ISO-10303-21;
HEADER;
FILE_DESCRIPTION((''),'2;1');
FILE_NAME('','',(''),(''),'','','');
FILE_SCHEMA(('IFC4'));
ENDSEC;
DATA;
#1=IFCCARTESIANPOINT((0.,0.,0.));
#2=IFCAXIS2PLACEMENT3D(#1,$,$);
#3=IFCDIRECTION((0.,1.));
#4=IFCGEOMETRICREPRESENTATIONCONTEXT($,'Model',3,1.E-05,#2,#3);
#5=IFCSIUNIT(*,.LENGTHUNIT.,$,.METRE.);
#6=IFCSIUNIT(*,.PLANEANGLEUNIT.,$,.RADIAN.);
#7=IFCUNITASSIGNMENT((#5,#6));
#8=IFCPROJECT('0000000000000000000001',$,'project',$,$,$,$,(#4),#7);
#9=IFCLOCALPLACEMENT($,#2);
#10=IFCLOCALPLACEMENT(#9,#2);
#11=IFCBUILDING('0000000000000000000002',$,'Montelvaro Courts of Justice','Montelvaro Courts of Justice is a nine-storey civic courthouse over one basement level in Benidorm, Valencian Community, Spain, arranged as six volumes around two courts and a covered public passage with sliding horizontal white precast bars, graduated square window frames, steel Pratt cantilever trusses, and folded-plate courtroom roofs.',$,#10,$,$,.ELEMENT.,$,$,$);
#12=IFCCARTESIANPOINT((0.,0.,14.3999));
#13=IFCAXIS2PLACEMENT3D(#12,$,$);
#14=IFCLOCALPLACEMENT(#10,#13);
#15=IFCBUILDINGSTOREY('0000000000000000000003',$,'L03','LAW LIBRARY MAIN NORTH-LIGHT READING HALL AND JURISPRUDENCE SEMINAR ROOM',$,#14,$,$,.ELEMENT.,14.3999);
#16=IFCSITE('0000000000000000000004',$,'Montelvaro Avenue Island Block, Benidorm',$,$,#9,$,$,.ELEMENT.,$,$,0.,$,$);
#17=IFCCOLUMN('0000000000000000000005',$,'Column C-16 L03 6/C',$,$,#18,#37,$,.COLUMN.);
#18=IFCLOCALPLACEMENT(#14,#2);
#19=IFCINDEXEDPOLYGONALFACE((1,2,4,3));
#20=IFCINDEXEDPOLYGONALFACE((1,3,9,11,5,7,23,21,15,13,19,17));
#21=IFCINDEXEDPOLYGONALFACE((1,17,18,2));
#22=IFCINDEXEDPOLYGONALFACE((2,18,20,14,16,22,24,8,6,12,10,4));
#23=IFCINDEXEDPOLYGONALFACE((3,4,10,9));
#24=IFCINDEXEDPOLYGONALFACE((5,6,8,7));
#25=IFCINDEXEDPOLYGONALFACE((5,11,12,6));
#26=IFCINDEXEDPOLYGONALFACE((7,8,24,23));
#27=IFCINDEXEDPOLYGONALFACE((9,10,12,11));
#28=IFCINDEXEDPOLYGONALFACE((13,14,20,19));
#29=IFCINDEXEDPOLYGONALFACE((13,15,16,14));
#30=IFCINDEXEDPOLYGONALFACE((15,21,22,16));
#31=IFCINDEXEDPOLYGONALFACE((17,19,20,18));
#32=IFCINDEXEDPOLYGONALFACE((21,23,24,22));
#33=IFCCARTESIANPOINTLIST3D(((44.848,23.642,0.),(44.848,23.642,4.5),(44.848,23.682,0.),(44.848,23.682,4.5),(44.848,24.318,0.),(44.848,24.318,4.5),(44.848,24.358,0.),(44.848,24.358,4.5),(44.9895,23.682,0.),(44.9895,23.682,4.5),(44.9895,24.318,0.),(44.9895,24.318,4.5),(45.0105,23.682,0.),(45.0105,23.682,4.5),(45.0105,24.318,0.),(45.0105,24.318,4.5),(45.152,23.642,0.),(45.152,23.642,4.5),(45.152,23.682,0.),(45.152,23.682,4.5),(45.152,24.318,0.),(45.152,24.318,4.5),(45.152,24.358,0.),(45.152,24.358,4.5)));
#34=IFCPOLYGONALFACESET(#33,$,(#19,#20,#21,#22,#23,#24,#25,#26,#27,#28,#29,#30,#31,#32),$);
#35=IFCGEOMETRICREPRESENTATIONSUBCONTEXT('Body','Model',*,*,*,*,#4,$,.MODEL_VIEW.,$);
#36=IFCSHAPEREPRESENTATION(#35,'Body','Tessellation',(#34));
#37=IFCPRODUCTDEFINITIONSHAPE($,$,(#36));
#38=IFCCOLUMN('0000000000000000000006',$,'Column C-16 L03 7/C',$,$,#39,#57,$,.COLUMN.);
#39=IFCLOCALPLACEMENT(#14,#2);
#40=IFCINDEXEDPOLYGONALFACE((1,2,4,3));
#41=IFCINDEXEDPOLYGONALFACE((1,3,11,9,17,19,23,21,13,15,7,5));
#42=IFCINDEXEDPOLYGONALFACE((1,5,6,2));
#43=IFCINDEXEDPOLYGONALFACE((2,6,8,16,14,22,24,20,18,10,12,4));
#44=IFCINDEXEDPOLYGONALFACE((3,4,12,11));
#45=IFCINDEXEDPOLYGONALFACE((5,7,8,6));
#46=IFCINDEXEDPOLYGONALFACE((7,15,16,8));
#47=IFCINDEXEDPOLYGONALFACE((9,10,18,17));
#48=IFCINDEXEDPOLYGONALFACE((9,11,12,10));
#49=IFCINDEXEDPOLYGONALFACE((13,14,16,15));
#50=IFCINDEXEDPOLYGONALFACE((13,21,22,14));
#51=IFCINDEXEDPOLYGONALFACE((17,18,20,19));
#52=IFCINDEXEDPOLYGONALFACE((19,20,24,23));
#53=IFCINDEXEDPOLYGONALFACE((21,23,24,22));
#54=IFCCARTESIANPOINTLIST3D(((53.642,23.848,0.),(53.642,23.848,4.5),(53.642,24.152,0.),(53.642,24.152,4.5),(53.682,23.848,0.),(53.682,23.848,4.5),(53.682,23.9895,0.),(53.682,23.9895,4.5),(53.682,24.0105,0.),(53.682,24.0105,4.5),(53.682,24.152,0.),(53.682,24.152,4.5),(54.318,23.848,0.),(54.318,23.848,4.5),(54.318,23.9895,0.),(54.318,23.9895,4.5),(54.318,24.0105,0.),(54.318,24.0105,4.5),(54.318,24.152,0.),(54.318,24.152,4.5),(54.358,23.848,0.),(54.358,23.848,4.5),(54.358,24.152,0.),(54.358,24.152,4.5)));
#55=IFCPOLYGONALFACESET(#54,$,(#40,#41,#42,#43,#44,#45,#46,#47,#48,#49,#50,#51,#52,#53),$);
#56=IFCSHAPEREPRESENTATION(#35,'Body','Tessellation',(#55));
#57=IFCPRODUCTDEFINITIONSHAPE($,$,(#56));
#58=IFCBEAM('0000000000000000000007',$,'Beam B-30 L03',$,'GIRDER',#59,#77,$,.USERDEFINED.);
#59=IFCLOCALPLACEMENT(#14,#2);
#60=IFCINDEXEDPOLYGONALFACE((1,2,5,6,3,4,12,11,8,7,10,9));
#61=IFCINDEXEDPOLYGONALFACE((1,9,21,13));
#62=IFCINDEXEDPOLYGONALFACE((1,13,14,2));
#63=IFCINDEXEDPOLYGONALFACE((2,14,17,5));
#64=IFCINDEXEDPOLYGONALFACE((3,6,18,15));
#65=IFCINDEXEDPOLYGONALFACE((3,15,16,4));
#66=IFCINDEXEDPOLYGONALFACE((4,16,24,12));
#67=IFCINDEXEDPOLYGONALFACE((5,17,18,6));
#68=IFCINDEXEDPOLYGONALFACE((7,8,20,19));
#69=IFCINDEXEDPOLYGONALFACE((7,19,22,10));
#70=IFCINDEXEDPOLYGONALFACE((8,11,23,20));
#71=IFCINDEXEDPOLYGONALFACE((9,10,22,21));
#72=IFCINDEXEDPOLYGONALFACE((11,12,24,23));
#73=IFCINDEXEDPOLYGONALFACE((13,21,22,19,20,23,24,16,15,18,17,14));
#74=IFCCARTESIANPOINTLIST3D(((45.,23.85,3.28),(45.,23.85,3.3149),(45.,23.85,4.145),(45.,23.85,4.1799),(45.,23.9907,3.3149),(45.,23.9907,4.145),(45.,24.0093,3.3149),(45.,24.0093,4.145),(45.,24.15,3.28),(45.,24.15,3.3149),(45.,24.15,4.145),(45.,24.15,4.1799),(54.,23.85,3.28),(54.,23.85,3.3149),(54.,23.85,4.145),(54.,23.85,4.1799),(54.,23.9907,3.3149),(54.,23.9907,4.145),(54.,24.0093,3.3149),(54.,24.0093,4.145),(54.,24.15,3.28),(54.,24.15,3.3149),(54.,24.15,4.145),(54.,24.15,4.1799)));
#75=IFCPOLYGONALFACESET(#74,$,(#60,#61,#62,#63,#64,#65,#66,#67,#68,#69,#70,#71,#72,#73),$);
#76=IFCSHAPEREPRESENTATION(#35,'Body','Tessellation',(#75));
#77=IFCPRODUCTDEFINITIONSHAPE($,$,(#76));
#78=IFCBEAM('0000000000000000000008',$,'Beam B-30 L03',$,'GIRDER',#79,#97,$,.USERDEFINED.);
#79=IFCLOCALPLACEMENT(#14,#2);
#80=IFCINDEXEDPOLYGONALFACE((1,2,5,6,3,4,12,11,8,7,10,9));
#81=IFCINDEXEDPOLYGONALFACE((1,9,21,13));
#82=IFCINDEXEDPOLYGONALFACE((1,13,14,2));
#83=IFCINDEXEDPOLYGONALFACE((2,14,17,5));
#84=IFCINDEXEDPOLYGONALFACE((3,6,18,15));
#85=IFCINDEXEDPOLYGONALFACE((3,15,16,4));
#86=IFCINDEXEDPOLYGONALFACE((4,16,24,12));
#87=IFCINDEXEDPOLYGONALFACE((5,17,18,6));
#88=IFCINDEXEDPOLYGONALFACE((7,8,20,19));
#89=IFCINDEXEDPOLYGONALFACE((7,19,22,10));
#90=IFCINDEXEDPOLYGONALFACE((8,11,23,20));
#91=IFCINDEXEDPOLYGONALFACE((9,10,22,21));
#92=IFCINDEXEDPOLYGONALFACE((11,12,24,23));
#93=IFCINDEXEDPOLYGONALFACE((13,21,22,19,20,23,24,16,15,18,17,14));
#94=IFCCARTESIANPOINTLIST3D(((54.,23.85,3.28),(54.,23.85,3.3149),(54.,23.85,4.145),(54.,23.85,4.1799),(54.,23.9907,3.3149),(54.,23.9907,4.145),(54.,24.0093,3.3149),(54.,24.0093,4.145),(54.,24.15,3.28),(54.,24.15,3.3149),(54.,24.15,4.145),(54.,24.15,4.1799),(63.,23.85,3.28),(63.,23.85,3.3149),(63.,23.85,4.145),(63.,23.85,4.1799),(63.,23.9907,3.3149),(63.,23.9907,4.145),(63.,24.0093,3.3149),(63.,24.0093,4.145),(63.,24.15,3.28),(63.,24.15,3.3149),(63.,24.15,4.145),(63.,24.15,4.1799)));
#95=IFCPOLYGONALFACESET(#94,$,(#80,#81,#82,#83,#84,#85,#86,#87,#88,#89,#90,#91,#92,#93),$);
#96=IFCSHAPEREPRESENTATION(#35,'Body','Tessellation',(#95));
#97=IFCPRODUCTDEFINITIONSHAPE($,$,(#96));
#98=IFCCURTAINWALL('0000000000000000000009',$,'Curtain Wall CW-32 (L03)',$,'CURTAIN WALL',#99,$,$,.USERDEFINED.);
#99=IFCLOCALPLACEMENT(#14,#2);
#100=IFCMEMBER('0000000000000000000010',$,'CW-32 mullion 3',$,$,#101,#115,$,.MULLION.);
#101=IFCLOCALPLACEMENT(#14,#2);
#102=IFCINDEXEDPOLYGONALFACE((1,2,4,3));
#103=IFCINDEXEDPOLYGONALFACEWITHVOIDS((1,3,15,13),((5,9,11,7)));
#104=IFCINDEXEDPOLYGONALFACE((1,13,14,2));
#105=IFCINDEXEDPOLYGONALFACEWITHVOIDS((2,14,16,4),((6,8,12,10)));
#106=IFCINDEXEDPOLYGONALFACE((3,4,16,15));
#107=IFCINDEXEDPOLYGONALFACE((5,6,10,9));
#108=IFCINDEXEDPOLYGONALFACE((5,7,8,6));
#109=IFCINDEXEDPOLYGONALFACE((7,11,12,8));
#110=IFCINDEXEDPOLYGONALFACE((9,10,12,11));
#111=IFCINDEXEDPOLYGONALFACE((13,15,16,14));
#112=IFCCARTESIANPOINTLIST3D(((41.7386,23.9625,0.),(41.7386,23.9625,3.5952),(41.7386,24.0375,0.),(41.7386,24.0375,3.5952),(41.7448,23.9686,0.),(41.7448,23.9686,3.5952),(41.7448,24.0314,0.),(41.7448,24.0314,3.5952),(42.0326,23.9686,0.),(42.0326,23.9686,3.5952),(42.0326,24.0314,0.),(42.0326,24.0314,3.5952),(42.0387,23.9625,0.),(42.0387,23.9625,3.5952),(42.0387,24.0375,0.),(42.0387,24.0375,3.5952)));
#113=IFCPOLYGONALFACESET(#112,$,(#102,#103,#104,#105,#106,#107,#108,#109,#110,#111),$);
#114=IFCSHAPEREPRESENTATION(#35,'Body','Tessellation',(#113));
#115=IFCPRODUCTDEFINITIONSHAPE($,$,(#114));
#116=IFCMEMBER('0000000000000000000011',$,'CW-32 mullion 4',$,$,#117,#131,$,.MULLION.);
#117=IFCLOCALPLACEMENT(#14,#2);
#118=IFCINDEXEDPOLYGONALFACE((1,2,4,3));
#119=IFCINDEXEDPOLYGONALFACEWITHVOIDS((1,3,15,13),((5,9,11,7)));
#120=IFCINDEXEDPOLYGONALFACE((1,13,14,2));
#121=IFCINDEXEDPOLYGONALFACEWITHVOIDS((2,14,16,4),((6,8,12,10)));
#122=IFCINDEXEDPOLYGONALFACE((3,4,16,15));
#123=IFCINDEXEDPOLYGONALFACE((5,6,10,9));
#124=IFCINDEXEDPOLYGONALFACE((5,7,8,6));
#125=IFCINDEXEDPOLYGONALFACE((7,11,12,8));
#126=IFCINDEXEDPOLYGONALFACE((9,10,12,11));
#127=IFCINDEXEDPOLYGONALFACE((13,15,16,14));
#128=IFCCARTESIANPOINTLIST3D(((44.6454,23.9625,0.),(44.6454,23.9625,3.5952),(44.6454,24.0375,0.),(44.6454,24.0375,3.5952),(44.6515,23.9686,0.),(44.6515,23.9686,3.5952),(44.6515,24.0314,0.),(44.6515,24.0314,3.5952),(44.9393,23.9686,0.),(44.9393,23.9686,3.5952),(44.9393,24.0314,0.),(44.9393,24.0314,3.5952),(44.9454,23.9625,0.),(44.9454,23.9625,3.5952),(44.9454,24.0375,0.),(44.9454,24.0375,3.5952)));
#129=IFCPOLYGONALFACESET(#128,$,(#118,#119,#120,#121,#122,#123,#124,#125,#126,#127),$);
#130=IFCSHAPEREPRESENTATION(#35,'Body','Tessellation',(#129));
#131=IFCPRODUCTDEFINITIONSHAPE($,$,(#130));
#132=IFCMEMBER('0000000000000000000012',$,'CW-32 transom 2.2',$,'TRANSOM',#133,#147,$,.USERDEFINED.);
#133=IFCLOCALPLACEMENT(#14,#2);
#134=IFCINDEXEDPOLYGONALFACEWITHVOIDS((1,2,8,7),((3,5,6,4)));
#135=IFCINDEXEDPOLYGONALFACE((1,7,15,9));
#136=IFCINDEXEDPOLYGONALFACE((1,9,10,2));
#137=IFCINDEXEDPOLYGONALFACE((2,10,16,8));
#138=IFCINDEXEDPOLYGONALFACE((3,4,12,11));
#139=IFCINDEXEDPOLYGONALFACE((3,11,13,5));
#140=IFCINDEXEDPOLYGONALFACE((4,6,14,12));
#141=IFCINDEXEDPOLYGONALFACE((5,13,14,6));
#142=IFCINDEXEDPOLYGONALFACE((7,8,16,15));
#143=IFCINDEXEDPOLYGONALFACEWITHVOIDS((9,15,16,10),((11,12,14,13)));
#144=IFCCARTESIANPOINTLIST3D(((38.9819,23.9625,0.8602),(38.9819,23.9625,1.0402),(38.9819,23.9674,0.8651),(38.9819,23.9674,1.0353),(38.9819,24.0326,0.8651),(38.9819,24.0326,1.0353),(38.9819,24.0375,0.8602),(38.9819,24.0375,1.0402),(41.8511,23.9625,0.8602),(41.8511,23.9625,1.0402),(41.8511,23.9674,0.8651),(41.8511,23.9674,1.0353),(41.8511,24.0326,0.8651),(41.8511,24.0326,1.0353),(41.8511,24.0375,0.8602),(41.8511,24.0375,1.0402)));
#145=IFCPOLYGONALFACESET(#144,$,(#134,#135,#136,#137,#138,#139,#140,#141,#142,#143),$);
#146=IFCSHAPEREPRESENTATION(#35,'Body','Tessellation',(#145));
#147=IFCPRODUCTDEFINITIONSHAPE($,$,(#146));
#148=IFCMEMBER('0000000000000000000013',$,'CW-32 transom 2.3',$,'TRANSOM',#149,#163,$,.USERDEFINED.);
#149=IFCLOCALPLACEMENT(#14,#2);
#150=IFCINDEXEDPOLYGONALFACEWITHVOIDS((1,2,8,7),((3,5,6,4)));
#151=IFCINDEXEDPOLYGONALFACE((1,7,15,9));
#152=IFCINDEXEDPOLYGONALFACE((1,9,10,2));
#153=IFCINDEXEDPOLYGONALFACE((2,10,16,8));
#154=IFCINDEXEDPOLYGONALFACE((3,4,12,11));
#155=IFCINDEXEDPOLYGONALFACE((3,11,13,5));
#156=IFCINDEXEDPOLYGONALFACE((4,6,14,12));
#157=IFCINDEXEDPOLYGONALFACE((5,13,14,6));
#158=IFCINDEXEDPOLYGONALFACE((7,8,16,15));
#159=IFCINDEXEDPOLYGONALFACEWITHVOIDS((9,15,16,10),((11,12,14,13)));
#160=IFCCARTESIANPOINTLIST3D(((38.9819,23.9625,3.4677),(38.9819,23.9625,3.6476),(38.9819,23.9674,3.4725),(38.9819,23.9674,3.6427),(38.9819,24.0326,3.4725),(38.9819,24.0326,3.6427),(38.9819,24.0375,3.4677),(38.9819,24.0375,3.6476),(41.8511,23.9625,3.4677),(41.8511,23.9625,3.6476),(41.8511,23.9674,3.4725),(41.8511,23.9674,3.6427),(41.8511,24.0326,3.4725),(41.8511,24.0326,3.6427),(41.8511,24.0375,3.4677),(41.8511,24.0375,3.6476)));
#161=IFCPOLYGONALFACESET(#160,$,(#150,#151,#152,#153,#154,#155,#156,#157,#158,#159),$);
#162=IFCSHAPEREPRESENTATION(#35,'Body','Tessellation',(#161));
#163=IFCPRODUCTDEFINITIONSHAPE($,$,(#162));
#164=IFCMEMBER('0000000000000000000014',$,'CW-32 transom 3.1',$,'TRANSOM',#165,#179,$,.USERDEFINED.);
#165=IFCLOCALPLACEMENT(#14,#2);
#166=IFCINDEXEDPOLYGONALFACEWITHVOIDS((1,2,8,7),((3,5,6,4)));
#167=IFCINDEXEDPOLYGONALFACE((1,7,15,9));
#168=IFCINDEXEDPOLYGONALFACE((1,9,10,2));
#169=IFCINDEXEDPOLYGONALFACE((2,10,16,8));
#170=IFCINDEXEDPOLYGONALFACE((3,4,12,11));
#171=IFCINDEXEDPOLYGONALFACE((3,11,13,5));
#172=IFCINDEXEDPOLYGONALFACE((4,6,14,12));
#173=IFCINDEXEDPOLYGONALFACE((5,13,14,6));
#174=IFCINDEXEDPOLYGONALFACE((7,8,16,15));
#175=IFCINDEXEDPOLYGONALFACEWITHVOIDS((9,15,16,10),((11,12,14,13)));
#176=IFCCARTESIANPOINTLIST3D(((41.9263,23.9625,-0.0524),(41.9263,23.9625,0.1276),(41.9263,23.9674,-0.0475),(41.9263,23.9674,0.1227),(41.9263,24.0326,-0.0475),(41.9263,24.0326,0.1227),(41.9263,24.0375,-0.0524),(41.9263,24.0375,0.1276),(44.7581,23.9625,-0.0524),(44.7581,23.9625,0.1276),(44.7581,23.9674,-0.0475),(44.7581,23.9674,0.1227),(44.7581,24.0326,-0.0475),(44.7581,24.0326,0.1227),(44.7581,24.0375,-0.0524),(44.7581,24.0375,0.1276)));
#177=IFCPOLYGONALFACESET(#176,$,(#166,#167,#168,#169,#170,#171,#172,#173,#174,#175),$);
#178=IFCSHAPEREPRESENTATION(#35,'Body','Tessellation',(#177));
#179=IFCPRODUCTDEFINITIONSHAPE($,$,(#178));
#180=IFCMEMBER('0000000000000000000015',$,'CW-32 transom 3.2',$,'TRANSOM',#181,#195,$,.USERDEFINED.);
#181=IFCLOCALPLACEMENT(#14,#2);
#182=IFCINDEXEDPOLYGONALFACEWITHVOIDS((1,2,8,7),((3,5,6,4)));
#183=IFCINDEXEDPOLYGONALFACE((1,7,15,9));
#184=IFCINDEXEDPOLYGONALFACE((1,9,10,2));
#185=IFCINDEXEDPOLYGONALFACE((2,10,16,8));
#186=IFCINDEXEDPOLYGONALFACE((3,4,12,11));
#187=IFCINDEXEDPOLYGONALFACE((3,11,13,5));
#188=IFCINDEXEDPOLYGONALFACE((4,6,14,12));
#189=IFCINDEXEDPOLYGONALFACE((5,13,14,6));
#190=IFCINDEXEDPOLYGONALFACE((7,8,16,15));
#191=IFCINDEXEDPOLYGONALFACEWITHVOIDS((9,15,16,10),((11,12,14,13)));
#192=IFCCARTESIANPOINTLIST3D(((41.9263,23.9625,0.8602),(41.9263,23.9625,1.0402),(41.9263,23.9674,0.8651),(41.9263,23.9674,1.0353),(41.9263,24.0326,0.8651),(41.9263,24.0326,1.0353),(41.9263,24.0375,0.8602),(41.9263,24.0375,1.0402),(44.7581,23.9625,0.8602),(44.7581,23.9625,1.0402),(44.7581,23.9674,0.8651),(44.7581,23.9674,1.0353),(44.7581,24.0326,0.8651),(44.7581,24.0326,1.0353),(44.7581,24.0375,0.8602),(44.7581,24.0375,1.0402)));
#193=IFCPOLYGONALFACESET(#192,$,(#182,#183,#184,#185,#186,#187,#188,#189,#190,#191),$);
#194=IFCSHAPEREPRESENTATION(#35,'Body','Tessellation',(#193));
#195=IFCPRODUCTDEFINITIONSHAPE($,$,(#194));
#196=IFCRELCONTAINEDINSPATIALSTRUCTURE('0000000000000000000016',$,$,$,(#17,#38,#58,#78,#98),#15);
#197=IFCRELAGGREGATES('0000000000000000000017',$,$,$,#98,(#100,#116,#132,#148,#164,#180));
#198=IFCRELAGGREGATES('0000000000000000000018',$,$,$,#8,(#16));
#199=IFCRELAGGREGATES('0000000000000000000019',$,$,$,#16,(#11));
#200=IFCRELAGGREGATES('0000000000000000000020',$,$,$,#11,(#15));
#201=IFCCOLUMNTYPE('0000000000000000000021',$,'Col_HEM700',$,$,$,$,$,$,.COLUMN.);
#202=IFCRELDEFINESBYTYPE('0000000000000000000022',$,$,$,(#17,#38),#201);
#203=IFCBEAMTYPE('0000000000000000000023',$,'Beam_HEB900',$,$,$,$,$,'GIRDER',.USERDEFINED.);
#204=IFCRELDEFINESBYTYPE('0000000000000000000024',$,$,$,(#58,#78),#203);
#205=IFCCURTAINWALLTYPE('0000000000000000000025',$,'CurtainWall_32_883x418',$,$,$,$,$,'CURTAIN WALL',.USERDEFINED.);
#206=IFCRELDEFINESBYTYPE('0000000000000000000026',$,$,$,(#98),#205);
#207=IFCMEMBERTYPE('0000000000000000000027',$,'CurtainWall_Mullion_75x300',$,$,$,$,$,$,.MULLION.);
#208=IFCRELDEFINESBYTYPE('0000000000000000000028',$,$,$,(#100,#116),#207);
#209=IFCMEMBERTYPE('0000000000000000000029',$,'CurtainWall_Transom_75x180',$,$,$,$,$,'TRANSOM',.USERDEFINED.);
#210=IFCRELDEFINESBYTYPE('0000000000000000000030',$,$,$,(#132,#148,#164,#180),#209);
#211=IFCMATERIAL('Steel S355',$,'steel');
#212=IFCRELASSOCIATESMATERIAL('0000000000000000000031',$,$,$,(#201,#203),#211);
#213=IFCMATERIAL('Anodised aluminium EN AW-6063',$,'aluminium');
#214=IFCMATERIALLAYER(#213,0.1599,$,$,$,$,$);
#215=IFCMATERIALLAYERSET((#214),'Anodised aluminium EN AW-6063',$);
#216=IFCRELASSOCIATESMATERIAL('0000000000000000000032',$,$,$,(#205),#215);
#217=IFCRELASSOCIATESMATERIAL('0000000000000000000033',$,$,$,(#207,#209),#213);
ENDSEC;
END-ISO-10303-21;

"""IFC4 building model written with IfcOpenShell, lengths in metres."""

from ifc_helpers import new_model, si_unit, direction, frame, origin, origin_2d, place, context, subcontext, project, spatial, hollow_rectangle, i_section, extrude, material, layer, layer_set, material_profile, profile_set, type_object, element, aggregate, save


model = new_model("IFC4")

# Units and contexts
model_context = context("Model", 3, precision=1e-05, world=origin(), true_north=direction((0.0, 1.0)))
body_context = subcontext(model_context, "Body", "Model", "MODEL_VIEW")
ifc_project = project(units=[si_unit("LENGTHUNIT", "METRE"), si_unit("PLANEANGLEUNIT", "RADIAN")], contexts=[model_context])

# Site, building, storey
site_placement = place(None, origin())
site = spatial("IfcSite", under=ifc_project, at=site_placement, Name="Montelvaro Avenue Island Block, Benidorm", CompositionType="ELEMENT", RefElevation=0.0)
building_placement = place(site_placement, origin())
building = spatial("IfcBuilding", under=site, at=building_placement, Name="Montelvaro Courts of Justice", Description="Montelvaro Courts of Justice is a nine-storey civic courthouse over one basement level in Benidorm, Valencian Community, Spain, arranged as six volumes around two courts and a covered public passage with sliding horizontal white precast bars, graduated square window frames, steel Pratt cantilever trusses, and folded-plate courtroom roofs.", CompositionType="ELEMENT")
storey_placement = place(building_placement, frame((0.0, 0.0, 14.3999)))
storey = spatial("IfcBuildingStorey", under=building, at=storey_placement, Name="L03", Description="LAW LIBRARY MAIN NORTH-LIGHT READING HALL AND JURISPRUDENCE SEMINAR ROOM", CompositionType="ELEMENT", Elevation=14.3999)

# Columns
ifc_material_1 = material(Name="Steel S355", Category="steel")
ifc_material_profile_1 = material_profile(ifc_material_1, i_section(OverallWidth=0.304, OverallDepth=0.7161, WebThickness=0.021, FlangeThickness=0.04, at=origin_2d()), Name="HEM 700")
ifc_profile_set_1 = profile_set([ifc_material_profile_1], Name="Steel S355")
column_type = type_object("IfcColumnType", Name="Col_HEM700", PredefinedType="COLUMN", material=ifc_profile_set_1)
for number, where, z_axis, x_axis, name in (
    (1, (45.0, 24.0, 0.0), (0.0, 0.0, 1.0), (1.0, 0.0, 0.0), "Column C-16 L03 6/C"),
    (2, (54.0, 24.0, 0.0), (0.0, 0.0, 1.0), (0.0, 1.0, 0.0), "Column C-16 L03 7/C"),
):
    element("IfcColumn", number, at=place(storey_placement, frame(where, z_axis=z_axis, x_axis=x_axis)), inside=storey, type_object=column_type, Name=name, PredefinedType="COLUMN", context=body_context, shape_type="SweptSolid", body=[
        extrude(i_section(OverallWidth=0.304, OverallDepth=0.7161, WebThickness=0.021, FlangeThickness=0.04, at=origin_2d()), origin(), (0.0, 0.0, 1.0), 4.5),
    ])

# Beams
ifc_material_profile_2 = material_profile(ifc_material_1, i_section(OverallWidth=0.3, OverallDepth=0.8999, WebThickness=0.0186, FlangeThickness=0.0349, at=origin_2d()), Name="HEB 900")
ifc_profile_set_2 = profile_set([ifc_material_profile_2], Name="Steel S355")
beam_type = type_object("IfcBeamType", Name="Beam_HEB900", ElementType="GIRDER", PredefinedType="USERDEFINED", material=ifc_profile_set_2)
for number, where, z_axis, x_axis, name in (
    (3, (45.0, 24.0, 3.73), (1.0, 0.0, 0.0), (0.0, 1.0, 0.0), "Beam B-30 L03"),
    (4, (54.0, 24.0, 3.73), (1.0, 0.0, 0.0), (0.0, 1.0, 0.0), "Beam B-30 L03"),
):
    element("IfcBeam", number, at=place(storey_placement, frame(where, z_axis=z_axis, x_axis=x_axis)), inside=storey, type_object=beam_type, Name=name, ObjectType="GIRDER", PredefinedType="USERDEFINED", context=body_context, shape_type="SweptSolid", body=[
        extrude(i_section(OverallWidth=0.3, OverallDepth=0.8999, WebThickness=0.0186, FlangeThickness=0.0349, at=origin_2d()), origin(), (0.0, 0.0, 1.0), 9.0),
    ])

# Curtain wall, members
ifc_material_2 = material(Name="Anodised aluminium EN AW-6063", Category="aluminium")
ifc_layer_1 = layer(ifc_material_2, 0.1599)
ifc_layer_set_1 = layer_set([ifc_layer_1], Name="Anodised aluminium EN AW-6063")
curtain_wall_type = type_object("IfcCurtainWallType", Name="CurtainWall_32_883x418", ElementType="CURTAIN WALL", PredefinedType="USERDEFINED", material=ifc_layer_set_1)
curtain_wall_placement = place(storey_placement, origin())
curtain_wall = element("IfcCurtainWall", 5, at=curtain_wall_placement, inside=storey, type_object=curtain_wall_type, Name="Curtain Wall CW-32 (L03)", ObjectType="CURTAIN WALL", PredefinedType="USERDEFINED")
ifc_material_profile_3 = material_profile(ifc_material_2, hollow_rectangle(XDim=0.075, YDim=0.3, WallThickness=0.0061, at=origin_2d()), Name="ALU-M 75x300")
ifc_profile_set_3 = profile_set([ifc_material_profile_3], Name="Anodised aluminium EN AW-6063")
member_type_1 = type_object("IfcMemberType", Name="CurtainWall_Mullion_75x300", PredefinedType="MULLION", material=ifc_profile_set_3)
member_1_placement = place(storey_placement, frame((41.8887, 24.0, 0.0), z_axis=(0.0, 0.0, 1.0), x_axis=(0.0, 1.0, 0.0)))
member_1 = element("IfcMember", 6, at=member_1_placement, type_object=member_type_1, Name="CW-32 mullion 3", PredefinedType="MULLION", context=body_context, shape_type="SweptSolid", body=[
    extrude(hollow_rectangle(XDim=0.075, YDim=0.3, WallThickness=0.0061, at=origin_2d()), origin(), (0.0, 0.0, 1.0), 3.5952),
])
member_2_placement = place(storey_placement, frame((44.7954, 24.0, 0.0), z_axis=(0.0, 0.0, 1.0), x_axis=(0.0, 1.0, 0.0)))
member_2 = element("IfcMember", 7, at=member_2_placement, type_object=member_type_1, Name="CW-32 mullion 4", PredefinedType="MULLION", context=body_context, shape_type="SweptSolid", body=[
    extrude(hollow_rectangle(XDim=0.075, YDim=0.3, WallThickness=0.0061, at=origin_2d()), origin(), (0.0, 0.0, 1.0), 3.5952),
])
ifc_material_profile_4 = material_profile(ifc_material_2, hollow_rectangle(XDim=0.075, YDim=0.1799, WallThickness=0.0049, at=origin_2d()), Name="ALU-T 75x180")
ifc_profile_set_4 = profile_set([ifc_material_profile_4], Name="Anodised aluminium EN AW-6063")
member_type_2 = type_object("IfcMemberType", Name="CurtainWall_Transom_75x180", ElementType="TRANSOM", PredefinedType="USERDEFINED", material=ifc_profile_set_4)
member_3_placement = place(storey_placement, frame((38.9819, 24.0, 0.9502), z_axis=(1.0, 0.0, 0.0), x_axis=(0.0, 1.0, 0.0)))
member_3 = element("IfcMember", 8, at=member_3_placement, type_object=member_type_2, Name="CW-32 transom 2.2", ObjectType="TRANSOM", PredefinedType="USERDEFINED", context=body_context, shape_type="SweptSolid", body=[
    extrude(hollow_rectangle(XDim=0.075, YDim=0.1799, WallThickness=0.0049, at=origin_2d()), origin(), (0.0, 0.0, 1.0), 2.8691),
])
member_4_placement = place(storey_placement, frame((38.9819, 24.0, 3.5576), z_axis=(1.0, 0.0, 0.0), x_axis=(0.0, 1.0, 0.0)))
member_4 = element("IfcMember", 9, at=member_4_placement, type_object=member_type_2, Name="CW-32 transom 2.3", ObjectType="TRANSOM", PredefinedType="USERDEFINED", context=body_context, shape_type="SweptSolid", body=[
    extrude(hollow_rectangle(XDim=0.075, YDim=0.1799, WallThickness=0.0049, at=origin_2d()), origin(), (0.0, 0.0, 1.0), 2.8691),
])
member_5_placement = place(storey_placement, frame((41.9263, 24.0, 0.0376), z_axis=(1.0, 0.0, 0.0), x_axis=(0.0, 1.0, 0.0)))
member_5 = element("IfcMember", 10, at=member_5_placement, type_object=member_type_2, Name="CW-32 transom 3.1", ObjectType="TRANSOM", PredefinedType="USERDEFINED", context=body_context, shape_type="SweptSolid", body=[
    extrude(hollow_rectangle(XDim=0.075, YDim=0.1799, WallThickness=0.0049, at=origin_2d()), origin(), (0.0, 0.0, 1.0), 2.8318),
])
member_6_placement = place(storey_placement, frame((41.9263, 24.0, 0.9502), z_axis=(1.0, 0.0, 0.0), x_axis=(0.0, 1.0, 0.0)))
member_6 = element("IfcMember", 11, at=member_6_placement, type_object=member_type_2, Name="CW-32 transom 3.2", ObjectType="TRANSOM", PredefinedType="USERDEFINED", context=body_context, shape_type="SweptSolid", body=[
    extrude(hollow_rectangle(XDim=0.075, YDim=0.1799, WallThickness=0.0049, at=origin_2d()), origin(), (0.0, 0.0, 1.0), 2.8318),
])
aggregate(curtain_wall, [member_1, member_2, member_3, member_4, member_5, member_6])

save(model, "model.ifc")
